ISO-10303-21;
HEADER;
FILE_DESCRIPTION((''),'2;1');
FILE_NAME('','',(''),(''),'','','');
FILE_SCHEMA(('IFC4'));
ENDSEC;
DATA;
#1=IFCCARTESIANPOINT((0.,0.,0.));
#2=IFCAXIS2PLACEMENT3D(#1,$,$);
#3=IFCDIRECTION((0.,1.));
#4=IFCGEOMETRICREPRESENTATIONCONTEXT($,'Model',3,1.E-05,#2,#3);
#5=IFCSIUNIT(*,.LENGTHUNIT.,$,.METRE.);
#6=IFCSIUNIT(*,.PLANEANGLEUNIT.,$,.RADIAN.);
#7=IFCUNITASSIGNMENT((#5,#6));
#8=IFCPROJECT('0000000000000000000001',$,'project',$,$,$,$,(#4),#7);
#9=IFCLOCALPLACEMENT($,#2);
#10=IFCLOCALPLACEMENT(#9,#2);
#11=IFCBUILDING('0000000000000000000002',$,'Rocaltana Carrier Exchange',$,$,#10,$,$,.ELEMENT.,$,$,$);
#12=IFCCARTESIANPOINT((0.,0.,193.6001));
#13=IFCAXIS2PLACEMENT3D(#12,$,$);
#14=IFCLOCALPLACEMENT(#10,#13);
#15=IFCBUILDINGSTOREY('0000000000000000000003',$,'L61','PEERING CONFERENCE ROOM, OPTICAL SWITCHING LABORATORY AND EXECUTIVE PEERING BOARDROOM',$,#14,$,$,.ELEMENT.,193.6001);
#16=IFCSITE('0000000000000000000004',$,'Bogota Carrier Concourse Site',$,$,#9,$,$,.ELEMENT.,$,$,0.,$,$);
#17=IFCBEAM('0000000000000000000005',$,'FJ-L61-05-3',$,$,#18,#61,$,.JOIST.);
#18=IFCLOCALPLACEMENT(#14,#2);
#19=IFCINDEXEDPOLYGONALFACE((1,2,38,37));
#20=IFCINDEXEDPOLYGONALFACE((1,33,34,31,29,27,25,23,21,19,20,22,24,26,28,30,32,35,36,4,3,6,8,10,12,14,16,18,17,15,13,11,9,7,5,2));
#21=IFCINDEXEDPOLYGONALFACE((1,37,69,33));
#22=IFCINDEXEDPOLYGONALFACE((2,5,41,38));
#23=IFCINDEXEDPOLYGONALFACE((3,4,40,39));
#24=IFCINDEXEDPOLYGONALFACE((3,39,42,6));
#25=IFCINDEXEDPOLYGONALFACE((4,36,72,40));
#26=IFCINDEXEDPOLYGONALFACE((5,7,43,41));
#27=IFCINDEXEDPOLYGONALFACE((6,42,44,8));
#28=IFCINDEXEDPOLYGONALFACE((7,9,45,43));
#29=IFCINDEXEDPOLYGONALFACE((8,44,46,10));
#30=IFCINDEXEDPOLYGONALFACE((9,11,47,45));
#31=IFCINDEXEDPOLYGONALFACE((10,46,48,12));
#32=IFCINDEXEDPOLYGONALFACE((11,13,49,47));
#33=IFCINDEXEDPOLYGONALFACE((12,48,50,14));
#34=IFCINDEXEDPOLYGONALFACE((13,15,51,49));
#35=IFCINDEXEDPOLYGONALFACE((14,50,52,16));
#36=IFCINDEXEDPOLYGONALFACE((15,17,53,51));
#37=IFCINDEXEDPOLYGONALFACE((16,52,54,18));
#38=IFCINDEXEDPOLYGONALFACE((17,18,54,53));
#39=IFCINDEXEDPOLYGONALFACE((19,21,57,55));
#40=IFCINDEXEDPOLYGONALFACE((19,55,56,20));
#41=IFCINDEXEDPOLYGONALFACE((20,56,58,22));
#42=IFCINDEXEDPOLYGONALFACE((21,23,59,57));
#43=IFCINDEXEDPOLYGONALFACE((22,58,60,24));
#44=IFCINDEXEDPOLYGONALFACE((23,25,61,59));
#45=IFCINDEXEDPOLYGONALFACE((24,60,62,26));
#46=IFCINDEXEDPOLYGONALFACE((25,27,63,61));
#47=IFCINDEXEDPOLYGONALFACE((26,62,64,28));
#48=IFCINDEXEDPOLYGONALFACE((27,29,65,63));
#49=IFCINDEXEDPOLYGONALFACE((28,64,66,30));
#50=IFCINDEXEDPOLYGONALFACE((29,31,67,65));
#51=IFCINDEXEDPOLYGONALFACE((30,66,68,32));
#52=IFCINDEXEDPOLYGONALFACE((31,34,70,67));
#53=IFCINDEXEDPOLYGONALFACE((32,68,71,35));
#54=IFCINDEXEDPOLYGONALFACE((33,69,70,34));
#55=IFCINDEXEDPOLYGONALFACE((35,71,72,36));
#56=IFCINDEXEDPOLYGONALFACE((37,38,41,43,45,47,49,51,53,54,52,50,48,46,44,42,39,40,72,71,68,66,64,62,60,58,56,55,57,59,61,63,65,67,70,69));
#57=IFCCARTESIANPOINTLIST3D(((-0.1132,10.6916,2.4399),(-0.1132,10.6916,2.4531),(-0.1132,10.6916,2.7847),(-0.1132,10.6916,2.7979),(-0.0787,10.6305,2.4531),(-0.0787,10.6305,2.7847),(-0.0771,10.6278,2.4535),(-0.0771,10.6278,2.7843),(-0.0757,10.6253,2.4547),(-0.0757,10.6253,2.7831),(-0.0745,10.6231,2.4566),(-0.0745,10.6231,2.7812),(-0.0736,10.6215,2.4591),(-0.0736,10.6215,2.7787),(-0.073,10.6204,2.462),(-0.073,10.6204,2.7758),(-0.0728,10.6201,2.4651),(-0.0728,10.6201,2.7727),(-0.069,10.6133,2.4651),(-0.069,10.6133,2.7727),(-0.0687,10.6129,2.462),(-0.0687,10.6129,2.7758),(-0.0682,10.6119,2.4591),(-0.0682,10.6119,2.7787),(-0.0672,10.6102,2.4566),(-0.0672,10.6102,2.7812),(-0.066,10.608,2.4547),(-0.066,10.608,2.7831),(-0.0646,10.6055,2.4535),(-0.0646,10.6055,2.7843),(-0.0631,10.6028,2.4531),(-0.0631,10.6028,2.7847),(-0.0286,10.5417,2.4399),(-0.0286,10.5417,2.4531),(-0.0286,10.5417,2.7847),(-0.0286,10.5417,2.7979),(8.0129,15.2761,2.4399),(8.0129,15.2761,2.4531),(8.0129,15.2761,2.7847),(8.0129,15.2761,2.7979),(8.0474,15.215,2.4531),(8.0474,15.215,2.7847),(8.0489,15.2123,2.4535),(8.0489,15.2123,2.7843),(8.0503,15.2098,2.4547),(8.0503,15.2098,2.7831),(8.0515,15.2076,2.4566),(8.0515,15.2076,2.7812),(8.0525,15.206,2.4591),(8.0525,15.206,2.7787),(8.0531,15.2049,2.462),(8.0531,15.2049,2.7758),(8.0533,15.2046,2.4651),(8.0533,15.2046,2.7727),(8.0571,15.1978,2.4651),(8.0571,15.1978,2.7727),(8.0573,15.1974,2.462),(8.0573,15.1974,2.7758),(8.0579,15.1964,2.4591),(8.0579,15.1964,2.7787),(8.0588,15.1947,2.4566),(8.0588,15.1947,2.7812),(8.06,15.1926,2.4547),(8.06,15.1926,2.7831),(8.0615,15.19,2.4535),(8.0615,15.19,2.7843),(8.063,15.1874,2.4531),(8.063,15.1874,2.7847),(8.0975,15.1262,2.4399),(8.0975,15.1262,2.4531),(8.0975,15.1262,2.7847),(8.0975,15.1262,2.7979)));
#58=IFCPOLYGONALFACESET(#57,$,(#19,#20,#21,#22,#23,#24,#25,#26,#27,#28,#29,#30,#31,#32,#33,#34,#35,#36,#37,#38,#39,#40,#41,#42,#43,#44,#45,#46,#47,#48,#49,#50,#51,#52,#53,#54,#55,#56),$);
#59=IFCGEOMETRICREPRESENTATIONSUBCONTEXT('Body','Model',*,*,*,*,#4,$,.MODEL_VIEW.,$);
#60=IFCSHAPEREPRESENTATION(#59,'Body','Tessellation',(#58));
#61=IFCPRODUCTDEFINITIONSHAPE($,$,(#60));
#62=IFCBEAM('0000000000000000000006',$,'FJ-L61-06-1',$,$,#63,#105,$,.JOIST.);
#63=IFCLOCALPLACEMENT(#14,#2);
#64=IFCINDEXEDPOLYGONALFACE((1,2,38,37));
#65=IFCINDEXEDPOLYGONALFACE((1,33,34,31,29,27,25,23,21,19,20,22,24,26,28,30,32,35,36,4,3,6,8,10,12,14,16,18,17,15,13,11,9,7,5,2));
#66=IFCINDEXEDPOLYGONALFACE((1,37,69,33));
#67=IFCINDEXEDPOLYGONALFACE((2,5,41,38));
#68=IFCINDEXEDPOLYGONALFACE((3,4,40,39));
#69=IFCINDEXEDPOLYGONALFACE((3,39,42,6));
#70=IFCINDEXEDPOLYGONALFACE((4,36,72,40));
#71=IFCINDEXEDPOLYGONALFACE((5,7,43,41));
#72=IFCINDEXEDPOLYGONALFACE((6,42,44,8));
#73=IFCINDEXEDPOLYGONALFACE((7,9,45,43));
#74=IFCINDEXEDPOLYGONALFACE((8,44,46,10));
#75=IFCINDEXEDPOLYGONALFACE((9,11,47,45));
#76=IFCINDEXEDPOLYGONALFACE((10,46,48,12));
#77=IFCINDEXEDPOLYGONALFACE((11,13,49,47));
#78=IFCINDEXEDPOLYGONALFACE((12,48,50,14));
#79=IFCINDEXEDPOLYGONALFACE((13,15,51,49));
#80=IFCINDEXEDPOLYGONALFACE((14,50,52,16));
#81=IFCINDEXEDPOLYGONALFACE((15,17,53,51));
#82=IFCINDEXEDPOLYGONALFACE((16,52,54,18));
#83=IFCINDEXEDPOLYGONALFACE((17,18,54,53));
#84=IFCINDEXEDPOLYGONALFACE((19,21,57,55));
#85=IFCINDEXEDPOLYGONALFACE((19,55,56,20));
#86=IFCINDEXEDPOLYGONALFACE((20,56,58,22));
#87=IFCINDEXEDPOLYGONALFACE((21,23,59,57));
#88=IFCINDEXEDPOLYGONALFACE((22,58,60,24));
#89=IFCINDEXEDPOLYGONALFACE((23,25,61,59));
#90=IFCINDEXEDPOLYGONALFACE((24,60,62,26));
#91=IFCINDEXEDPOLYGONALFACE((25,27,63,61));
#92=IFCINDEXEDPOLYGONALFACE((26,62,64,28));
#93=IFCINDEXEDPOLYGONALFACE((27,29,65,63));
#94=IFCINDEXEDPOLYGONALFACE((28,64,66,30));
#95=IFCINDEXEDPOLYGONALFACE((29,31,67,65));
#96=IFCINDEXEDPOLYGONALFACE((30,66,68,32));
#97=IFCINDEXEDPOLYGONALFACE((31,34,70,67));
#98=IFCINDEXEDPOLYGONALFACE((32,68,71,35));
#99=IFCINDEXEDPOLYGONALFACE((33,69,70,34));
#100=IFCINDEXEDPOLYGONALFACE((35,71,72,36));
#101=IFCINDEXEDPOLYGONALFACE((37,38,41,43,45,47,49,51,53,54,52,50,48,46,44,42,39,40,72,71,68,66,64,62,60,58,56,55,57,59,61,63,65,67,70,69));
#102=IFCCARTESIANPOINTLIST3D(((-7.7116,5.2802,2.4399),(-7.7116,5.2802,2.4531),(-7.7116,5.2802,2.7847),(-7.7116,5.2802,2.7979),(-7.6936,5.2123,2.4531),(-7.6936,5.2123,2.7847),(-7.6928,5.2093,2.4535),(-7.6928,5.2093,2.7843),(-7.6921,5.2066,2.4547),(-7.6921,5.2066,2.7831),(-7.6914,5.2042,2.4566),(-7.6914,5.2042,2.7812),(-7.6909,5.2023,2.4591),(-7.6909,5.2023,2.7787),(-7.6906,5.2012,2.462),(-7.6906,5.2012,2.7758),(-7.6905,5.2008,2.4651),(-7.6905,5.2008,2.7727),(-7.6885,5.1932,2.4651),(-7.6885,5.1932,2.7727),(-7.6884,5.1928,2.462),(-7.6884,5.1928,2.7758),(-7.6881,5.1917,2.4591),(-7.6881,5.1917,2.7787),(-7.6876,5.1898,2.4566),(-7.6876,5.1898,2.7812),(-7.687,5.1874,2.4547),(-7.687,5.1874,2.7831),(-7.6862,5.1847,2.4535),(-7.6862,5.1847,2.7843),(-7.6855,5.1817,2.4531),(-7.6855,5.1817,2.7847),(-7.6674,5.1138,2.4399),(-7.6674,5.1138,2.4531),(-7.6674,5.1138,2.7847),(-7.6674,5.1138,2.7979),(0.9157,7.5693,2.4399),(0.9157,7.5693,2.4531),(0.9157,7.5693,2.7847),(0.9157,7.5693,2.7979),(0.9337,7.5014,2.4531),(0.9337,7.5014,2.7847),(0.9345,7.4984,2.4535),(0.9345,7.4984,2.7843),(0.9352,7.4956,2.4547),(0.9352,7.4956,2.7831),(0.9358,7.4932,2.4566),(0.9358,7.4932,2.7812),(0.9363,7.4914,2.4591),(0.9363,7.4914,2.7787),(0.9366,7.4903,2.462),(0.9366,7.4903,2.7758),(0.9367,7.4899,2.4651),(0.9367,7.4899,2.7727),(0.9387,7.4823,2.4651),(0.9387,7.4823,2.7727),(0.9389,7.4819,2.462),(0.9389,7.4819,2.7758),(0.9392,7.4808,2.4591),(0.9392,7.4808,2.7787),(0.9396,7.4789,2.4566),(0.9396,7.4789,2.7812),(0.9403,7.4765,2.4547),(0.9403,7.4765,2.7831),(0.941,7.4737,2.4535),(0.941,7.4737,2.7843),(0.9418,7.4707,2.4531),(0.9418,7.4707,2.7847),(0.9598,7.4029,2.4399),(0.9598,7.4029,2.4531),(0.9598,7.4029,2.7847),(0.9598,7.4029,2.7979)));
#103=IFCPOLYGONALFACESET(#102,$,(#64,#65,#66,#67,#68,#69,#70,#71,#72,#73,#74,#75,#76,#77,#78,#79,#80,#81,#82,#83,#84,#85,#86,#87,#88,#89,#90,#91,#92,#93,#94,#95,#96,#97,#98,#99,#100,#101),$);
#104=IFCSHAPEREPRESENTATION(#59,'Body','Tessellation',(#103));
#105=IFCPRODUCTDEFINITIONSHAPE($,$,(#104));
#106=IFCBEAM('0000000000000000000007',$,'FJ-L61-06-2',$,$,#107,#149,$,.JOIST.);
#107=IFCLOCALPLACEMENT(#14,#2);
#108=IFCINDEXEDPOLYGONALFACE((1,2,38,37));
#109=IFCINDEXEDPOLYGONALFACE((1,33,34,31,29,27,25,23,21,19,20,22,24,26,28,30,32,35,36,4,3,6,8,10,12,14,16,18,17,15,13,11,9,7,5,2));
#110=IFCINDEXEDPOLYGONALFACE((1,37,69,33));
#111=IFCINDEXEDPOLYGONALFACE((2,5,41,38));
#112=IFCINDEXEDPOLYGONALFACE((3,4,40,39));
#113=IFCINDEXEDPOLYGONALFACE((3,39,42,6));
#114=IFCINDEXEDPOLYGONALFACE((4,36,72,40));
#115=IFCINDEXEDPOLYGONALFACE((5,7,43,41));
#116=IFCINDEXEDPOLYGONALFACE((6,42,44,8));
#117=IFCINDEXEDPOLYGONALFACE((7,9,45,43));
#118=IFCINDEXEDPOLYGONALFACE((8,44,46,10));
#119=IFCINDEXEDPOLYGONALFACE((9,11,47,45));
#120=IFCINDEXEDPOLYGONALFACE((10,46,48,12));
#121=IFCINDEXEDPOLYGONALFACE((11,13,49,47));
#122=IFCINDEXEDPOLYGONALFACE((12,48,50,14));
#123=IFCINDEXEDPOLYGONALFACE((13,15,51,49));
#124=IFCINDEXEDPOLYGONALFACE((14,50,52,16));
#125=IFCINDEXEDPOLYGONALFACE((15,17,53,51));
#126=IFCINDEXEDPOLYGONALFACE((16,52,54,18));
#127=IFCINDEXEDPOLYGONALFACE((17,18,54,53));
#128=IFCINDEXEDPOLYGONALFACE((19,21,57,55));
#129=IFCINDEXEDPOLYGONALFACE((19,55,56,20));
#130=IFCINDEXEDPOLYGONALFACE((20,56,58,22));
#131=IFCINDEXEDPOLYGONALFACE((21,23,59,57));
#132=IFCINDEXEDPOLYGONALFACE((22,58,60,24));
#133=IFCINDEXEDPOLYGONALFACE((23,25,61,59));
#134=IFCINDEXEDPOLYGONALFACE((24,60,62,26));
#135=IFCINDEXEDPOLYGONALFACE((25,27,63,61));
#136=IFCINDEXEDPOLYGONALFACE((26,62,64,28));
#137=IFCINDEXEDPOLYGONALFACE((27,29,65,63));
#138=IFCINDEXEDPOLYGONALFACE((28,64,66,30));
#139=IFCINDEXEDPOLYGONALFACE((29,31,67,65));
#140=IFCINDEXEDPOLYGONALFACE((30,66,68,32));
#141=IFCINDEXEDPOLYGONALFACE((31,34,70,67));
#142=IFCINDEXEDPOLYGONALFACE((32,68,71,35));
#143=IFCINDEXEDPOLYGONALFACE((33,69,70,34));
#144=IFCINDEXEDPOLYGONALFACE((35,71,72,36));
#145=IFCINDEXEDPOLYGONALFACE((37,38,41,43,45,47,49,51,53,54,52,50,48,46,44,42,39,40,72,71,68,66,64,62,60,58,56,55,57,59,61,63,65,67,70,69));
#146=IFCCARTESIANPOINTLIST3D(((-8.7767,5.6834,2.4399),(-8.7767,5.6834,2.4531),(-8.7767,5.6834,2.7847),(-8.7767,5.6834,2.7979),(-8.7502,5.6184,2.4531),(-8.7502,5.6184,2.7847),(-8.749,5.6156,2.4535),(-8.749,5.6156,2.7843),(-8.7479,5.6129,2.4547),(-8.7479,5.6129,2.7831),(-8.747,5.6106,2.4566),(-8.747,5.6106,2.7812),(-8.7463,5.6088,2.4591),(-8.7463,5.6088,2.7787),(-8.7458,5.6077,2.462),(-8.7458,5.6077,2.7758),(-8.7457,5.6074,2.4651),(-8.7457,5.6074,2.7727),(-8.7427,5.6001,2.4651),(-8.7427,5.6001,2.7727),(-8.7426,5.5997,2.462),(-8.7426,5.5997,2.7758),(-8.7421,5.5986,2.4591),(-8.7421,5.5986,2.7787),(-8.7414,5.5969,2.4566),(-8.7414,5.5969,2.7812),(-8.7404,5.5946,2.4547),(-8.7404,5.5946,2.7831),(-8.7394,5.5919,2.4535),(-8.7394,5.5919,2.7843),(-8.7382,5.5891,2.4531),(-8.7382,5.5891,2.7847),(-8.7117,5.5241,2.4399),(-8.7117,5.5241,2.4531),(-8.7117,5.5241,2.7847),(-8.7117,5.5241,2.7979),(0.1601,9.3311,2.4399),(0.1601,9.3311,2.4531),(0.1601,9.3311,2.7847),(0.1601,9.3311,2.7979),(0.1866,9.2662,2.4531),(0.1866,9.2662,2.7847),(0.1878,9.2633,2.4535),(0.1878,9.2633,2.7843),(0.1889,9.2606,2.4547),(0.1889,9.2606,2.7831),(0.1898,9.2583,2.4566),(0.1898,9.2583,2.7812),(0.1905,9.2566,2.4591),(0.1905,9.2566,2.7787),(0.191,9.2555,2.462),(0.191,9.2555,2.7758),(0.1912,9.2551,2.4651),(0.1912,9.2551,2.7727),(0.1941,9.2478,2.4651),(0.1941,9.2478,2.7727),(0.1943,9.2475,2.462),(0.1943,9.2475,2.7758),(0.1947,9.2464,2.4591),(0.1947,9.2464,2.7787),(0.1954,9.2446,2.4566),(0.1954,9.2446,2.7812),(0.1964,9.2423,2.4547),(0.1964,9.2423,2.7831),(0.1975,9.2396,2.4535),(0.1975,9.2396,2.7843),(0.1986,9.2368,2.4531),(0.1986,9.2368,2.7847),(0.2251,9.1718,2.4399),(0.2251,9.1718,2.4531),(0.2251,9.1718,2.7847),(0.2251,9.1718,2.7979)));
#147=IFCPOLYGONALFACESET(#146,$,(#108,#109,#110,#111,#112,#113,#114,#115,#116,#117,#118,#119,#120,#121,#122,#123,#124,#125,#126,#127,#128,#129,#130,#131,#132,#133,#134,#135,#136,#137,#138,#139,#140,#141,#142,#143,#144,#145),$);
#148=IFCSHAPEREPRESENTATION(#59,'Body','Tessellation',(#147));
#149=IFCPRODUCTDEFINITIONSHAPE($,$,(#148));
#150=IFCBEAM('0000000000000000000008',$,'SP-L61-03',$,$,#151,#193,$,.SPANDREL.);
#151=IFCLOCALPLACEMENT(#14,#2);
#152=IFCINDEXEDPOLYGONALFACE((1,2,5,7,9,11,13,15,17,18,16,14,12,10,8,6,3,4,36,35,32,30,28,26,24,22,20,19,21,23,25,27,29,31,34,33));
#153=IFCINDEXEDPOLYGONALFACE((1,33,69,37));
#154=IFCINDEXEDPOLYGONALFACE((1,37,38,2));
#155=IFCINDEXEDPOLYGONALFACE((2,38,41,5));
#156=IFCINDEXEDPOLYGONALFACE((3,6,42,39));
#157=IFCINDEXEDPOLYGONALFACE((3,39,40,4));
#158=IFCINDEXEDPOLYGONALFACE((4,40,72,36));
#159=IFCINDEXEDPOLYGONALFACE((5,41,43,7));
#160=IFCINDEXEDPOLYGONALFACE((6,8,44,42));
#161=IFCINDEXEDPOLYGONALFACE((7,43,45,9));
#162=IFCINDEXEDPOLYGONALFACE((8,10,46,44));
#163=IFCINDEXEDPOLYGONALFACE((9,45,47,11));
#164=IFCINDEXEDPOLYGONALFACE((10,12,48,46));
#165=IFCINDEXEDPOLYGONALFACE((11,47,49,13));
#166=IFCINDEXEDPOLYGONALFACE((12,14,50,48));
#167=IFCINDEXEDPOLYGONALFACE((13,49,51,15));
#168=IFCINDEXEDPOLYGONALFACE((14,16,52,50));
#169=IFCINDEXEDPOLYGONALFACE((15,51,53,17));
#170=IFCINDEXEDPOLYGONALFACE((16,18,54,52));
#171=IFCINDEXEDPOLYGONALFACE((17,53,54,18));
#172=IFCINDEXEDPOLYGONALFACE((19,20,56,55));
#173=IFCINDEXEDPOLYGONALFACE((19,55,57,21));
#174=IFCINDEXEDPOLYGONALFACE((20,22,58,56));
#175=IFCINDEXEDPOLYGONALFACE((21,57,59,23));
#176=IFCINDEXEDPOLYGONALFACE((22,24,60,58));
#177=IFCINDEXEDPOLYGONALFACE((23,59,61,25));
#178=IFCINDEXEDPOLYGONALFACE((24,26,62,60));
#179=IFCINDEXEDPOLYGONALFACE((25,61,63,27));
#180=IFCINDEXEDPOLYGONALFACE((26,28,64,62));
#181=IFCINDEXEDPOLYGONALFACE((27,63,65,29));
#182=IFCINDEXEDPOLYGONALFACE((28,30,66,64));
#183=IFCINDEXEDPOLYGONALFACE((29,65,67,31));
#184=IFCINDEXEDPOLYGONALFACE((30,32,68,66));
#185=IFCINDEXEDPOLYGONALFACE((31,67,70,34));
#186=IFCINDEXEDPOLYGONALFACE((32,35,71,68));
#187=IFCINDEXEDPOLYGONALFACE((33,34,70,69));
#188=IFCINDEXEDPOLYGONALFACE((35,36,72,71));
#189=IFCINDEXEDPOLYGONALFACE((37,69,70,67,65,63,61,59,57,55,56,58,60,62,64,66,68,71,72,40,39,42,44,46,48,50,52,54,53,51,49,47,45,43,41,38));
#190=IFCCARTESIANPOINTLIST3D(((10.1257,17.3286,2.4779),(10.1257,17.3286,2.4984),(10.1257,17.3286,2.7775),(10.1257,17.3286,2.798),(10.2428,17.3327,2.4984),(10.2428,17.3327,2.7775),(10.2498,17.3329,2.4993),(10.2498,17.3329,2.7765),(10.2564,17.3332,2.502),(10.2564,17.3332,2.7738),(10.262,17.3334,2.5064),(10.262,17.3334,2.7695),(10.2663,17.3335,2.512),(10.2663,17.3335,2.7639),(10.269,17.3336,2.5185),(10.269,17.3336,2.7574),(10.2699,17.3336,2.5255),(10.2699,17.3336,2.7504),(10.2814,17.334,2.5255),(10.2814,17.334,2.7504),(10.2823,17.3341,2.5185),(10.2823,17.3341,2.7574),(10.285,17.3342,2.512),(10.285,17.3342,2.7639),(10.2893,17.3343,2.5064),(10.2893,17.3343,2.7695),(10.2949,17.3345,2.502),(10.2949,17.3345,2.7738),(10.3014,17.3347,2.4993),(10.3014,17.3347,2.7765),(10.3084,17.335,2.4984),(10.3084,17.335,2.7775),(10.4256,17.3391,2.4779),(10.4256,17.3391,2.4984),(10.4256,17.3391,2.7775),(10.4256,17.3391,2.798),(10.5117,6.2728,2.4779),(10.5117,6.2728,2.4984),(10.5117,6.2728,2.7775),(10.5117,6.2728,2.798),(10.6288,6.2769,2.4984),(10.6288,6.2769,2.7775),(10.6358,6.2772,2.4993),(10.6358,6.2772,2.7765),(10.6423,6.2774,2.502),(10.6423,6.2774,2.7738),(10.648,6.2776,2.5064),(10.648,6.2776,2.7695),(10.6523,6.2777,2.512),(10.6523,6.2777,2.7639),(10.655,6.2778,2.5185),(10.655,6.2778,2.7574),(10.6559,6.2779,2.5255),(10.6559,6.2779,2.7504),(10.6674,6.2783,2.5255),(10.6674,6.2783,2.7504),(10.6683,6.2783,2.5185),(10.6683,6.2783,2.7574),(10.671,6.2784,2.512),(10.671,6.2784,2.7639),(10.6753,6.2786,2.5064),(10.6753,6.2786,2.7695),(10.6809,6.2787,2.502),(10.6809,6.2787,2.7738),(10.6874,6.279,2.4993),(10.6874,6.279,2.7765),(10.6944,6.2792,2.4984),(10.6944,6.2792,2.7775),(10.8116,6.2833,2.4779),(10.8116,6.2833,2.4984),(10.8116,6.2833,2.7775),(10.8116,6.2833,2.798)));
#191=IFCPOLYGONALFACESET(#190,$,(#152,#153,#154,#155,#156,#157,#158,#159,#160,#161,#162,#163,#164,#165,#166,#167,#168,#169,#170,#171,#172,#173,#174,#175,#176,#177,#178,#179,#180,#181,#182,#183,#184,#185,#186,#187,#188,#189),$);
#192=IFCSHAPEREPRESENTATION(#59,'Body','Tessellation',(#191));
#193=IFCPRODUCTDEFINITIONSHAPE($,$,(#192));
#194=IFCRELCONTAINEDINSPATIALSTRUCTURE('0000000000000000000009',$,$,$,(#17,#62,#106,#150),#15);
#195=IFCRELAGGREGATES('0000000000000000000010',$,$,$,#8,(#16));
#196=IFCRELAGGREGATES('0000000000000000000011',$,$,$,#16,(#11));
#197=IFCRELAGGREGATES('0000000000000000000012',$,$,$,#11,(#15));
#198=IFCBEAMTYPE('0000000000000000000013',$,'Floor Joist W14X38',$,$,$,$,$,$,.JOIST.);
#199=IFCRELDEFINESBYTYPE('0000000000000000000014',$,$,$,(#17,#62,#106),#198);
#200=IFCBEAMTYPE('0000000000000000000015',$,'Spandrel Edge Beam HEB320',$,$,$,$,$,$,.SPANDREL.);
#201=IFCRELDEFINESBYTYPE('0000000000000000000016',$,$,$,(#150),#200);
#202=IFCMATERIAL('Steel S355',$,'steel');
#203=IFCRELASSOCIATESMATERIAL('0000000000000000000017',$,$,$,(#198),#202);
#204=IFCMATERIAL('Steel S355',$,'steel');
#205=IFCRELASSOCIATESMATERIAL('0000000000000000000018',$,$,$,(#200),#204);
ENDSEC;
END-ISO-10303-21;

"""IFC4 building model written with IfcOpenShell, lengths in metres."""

from ifc_helpers import new_model, si_unit, direction, frame, origin, origin_2d, place, context, subcontext, project, spatial, i_section, extrude, material, material_profile, profile_set, type_object, element, save


model = new_model("IFC4")

# Units and contexts
model_context = context("Model", 3, precision=1e-05, world=origin(), true_north=direction((0.0, 1.0)))
body_context = subcontext(model_context, "Body", "Model", "MODEL_VIEW")
ifc_project = project(units=[si_unit("LENGTHUNIT", "METRE"), si_unit("PLANEANGLEUNIT", "RADIAN")], contexts=[model_context])

# Site, building, storey
site_placement = place(None, origin())
site = spatial("IfcSite", under=ifc_project, at=site_placement, Name="Bogota Carrier Concourse Site", CompositionType="ELEMENT", RefElevation=0.0)
building_placement = place(site_placement, origin())
building = spatial("IfcBuilding", under=site, at=building_placement, Name="Rocaltana Carrier Exchange", CompositionType="ELEMENT")
storey_placement = place(building_placement, frame((0.0, 0.0, 193.6001)))
storey = spatial("IfcBuildingStorey", under=building, at=storey_placement, Name="L61", Description="PEERING CONFERENCE ROOM, OPTICAL SWITCHING LABORATORY AND EXECUTIVE PEERING BOARDROOM", CompositionType="ELEMENT", Elevation=193.6001)

# Beams
ifc_material_1 = material(Name="Steel S355", Category="steel")
ifc_material_profile_1 = material_profile(ifc_material_1, i_section(OverallWidth=0.1721, OverallDepth=0.3579, WebThickness=0.0078, FlangeThickness=0.0132, FilletRadius=0.012, at=origin_2d()), Name="W14X38")
ifc_profile_set_1 = profile_set([ifc_material_profile_1], Name="Steel S355")
beam_type_1 = type_object("IfcBeamType", Name="Floor Joist W14X38", PredefinedType="JOIST", material=ifc_profile_set_1)
beam_1_placement = place(storey_placement, frame((8.0552, 15.2012, 2.6189), z_axis=(-0.870951, -0.491369, 0.0), x_axis=(0.491369, -0.870951, 0.0)))
element("IfcBeam", 1, at=beam_1_placement, inside=storey, type_object=beam_type_1, Name="FJ-L61-05-3", PredefinedType="JOIST", context=body_context, shape_type="SweptSolid", body=[
    extrude(i_section(OverallWidth=0.1721, OverallDepth=0.3579, WebThickness=0.0078, FlangeThickness=0.0132, FilletRadius=0.012, at=origin_2d()), origin(), (0.0, 0.0, 1.0), 9.3301),
])
beam_2_placement = place(storey_placement, frame((0.9377, 7.4861, 2.6189), z_axis=(-0.966556, -0.256457, 0.0), x_axis=(0.256457, -0.966556, 0.0)))
element("IfcBeam", 2, at=beam_2_placement, inside=storey, type_object=beam_type_1, Name="FJ-L61-06-1", PredefinedType="JOIST", context=body_context, shape_type="SweptSolid", body=[
    extrude(i_section(OverallWidth=0.1721, OverallDepth=0.3579, WebThickness=0.0078, FlangeThickness=0.0132, FilletRadius=0.012, at=origin_2d()), origin(), (0.0, 0.0, 1.0), 8.9258),
])
beam_3_placement = place(storey_placement, frame((0.1926, 9.2515, 2.6189), z_axis=(-0.925846, -0.377901, 0.0), x_axis=(0.377901, -0.925846, 0.0)))
element("IfcBeam", 3, at=beam_3_placement, inside=storey, type_object=beam_type_1, Name="FJ-L61-06-2", PredefinedType="JOIST", context=body_context, shape_type="SweptSolid", body=[
    extrude(i_section(OverallWidth=0.1721, OverallDepth=0.3579, WebThickness=0.0078, FlangeThickness=0.0132, FilletRadius=0.012, at=origin_2d()), origin(), (0.0, 0.0, 1.0), 9.6526),
])
ifc_material_2 = material(Name="Steel S355", Category="steel")
ifc_material_profile_2 = material_profile(ifc_material_2, i_section(OverallWidth=0.3, OverallDepth=0.3201, WebThickness=0.0115, FlangeThickness=0.0205, FilletRadius=0.0271, at=origin_2d()), Name="HEB320")
ifc_profile_set_2 = profile_set([ifc_material_profile_2], Name="Steel S355")
beam_type_2 = type_object("IfcBeamType", Name="Spandrel Edge Beam HEB320", PredefinedType="SPANDREL", material=ifc_profile_set_2)
beam_4_placement = place(storey_placement, frame((10.6616, 6.2781, 2.6379), z_axis=(-0.034892, 0.999391, 0.0), x_axis=(-0.999391, -0.034892, 0.0)))
element("IfcBeam", 4, at=beam_4_placement, inside=storey, type_object=beam_type_2, Name="SP-L61-03", PredefinedType="SPANDREL", context=body_context, shape_type="SweptSolid", body=[
    extrude(i_section(OverallWidth=0.3, OverallDepth=0.3201, WebThickness=0.0115, FlangeThickness=0.0205, FilletRadius=0.0271, at=origin_2d()), origin(), (0.0, 0.0, 1.0), 11.0625),
])

save(model, "model.ifc")
